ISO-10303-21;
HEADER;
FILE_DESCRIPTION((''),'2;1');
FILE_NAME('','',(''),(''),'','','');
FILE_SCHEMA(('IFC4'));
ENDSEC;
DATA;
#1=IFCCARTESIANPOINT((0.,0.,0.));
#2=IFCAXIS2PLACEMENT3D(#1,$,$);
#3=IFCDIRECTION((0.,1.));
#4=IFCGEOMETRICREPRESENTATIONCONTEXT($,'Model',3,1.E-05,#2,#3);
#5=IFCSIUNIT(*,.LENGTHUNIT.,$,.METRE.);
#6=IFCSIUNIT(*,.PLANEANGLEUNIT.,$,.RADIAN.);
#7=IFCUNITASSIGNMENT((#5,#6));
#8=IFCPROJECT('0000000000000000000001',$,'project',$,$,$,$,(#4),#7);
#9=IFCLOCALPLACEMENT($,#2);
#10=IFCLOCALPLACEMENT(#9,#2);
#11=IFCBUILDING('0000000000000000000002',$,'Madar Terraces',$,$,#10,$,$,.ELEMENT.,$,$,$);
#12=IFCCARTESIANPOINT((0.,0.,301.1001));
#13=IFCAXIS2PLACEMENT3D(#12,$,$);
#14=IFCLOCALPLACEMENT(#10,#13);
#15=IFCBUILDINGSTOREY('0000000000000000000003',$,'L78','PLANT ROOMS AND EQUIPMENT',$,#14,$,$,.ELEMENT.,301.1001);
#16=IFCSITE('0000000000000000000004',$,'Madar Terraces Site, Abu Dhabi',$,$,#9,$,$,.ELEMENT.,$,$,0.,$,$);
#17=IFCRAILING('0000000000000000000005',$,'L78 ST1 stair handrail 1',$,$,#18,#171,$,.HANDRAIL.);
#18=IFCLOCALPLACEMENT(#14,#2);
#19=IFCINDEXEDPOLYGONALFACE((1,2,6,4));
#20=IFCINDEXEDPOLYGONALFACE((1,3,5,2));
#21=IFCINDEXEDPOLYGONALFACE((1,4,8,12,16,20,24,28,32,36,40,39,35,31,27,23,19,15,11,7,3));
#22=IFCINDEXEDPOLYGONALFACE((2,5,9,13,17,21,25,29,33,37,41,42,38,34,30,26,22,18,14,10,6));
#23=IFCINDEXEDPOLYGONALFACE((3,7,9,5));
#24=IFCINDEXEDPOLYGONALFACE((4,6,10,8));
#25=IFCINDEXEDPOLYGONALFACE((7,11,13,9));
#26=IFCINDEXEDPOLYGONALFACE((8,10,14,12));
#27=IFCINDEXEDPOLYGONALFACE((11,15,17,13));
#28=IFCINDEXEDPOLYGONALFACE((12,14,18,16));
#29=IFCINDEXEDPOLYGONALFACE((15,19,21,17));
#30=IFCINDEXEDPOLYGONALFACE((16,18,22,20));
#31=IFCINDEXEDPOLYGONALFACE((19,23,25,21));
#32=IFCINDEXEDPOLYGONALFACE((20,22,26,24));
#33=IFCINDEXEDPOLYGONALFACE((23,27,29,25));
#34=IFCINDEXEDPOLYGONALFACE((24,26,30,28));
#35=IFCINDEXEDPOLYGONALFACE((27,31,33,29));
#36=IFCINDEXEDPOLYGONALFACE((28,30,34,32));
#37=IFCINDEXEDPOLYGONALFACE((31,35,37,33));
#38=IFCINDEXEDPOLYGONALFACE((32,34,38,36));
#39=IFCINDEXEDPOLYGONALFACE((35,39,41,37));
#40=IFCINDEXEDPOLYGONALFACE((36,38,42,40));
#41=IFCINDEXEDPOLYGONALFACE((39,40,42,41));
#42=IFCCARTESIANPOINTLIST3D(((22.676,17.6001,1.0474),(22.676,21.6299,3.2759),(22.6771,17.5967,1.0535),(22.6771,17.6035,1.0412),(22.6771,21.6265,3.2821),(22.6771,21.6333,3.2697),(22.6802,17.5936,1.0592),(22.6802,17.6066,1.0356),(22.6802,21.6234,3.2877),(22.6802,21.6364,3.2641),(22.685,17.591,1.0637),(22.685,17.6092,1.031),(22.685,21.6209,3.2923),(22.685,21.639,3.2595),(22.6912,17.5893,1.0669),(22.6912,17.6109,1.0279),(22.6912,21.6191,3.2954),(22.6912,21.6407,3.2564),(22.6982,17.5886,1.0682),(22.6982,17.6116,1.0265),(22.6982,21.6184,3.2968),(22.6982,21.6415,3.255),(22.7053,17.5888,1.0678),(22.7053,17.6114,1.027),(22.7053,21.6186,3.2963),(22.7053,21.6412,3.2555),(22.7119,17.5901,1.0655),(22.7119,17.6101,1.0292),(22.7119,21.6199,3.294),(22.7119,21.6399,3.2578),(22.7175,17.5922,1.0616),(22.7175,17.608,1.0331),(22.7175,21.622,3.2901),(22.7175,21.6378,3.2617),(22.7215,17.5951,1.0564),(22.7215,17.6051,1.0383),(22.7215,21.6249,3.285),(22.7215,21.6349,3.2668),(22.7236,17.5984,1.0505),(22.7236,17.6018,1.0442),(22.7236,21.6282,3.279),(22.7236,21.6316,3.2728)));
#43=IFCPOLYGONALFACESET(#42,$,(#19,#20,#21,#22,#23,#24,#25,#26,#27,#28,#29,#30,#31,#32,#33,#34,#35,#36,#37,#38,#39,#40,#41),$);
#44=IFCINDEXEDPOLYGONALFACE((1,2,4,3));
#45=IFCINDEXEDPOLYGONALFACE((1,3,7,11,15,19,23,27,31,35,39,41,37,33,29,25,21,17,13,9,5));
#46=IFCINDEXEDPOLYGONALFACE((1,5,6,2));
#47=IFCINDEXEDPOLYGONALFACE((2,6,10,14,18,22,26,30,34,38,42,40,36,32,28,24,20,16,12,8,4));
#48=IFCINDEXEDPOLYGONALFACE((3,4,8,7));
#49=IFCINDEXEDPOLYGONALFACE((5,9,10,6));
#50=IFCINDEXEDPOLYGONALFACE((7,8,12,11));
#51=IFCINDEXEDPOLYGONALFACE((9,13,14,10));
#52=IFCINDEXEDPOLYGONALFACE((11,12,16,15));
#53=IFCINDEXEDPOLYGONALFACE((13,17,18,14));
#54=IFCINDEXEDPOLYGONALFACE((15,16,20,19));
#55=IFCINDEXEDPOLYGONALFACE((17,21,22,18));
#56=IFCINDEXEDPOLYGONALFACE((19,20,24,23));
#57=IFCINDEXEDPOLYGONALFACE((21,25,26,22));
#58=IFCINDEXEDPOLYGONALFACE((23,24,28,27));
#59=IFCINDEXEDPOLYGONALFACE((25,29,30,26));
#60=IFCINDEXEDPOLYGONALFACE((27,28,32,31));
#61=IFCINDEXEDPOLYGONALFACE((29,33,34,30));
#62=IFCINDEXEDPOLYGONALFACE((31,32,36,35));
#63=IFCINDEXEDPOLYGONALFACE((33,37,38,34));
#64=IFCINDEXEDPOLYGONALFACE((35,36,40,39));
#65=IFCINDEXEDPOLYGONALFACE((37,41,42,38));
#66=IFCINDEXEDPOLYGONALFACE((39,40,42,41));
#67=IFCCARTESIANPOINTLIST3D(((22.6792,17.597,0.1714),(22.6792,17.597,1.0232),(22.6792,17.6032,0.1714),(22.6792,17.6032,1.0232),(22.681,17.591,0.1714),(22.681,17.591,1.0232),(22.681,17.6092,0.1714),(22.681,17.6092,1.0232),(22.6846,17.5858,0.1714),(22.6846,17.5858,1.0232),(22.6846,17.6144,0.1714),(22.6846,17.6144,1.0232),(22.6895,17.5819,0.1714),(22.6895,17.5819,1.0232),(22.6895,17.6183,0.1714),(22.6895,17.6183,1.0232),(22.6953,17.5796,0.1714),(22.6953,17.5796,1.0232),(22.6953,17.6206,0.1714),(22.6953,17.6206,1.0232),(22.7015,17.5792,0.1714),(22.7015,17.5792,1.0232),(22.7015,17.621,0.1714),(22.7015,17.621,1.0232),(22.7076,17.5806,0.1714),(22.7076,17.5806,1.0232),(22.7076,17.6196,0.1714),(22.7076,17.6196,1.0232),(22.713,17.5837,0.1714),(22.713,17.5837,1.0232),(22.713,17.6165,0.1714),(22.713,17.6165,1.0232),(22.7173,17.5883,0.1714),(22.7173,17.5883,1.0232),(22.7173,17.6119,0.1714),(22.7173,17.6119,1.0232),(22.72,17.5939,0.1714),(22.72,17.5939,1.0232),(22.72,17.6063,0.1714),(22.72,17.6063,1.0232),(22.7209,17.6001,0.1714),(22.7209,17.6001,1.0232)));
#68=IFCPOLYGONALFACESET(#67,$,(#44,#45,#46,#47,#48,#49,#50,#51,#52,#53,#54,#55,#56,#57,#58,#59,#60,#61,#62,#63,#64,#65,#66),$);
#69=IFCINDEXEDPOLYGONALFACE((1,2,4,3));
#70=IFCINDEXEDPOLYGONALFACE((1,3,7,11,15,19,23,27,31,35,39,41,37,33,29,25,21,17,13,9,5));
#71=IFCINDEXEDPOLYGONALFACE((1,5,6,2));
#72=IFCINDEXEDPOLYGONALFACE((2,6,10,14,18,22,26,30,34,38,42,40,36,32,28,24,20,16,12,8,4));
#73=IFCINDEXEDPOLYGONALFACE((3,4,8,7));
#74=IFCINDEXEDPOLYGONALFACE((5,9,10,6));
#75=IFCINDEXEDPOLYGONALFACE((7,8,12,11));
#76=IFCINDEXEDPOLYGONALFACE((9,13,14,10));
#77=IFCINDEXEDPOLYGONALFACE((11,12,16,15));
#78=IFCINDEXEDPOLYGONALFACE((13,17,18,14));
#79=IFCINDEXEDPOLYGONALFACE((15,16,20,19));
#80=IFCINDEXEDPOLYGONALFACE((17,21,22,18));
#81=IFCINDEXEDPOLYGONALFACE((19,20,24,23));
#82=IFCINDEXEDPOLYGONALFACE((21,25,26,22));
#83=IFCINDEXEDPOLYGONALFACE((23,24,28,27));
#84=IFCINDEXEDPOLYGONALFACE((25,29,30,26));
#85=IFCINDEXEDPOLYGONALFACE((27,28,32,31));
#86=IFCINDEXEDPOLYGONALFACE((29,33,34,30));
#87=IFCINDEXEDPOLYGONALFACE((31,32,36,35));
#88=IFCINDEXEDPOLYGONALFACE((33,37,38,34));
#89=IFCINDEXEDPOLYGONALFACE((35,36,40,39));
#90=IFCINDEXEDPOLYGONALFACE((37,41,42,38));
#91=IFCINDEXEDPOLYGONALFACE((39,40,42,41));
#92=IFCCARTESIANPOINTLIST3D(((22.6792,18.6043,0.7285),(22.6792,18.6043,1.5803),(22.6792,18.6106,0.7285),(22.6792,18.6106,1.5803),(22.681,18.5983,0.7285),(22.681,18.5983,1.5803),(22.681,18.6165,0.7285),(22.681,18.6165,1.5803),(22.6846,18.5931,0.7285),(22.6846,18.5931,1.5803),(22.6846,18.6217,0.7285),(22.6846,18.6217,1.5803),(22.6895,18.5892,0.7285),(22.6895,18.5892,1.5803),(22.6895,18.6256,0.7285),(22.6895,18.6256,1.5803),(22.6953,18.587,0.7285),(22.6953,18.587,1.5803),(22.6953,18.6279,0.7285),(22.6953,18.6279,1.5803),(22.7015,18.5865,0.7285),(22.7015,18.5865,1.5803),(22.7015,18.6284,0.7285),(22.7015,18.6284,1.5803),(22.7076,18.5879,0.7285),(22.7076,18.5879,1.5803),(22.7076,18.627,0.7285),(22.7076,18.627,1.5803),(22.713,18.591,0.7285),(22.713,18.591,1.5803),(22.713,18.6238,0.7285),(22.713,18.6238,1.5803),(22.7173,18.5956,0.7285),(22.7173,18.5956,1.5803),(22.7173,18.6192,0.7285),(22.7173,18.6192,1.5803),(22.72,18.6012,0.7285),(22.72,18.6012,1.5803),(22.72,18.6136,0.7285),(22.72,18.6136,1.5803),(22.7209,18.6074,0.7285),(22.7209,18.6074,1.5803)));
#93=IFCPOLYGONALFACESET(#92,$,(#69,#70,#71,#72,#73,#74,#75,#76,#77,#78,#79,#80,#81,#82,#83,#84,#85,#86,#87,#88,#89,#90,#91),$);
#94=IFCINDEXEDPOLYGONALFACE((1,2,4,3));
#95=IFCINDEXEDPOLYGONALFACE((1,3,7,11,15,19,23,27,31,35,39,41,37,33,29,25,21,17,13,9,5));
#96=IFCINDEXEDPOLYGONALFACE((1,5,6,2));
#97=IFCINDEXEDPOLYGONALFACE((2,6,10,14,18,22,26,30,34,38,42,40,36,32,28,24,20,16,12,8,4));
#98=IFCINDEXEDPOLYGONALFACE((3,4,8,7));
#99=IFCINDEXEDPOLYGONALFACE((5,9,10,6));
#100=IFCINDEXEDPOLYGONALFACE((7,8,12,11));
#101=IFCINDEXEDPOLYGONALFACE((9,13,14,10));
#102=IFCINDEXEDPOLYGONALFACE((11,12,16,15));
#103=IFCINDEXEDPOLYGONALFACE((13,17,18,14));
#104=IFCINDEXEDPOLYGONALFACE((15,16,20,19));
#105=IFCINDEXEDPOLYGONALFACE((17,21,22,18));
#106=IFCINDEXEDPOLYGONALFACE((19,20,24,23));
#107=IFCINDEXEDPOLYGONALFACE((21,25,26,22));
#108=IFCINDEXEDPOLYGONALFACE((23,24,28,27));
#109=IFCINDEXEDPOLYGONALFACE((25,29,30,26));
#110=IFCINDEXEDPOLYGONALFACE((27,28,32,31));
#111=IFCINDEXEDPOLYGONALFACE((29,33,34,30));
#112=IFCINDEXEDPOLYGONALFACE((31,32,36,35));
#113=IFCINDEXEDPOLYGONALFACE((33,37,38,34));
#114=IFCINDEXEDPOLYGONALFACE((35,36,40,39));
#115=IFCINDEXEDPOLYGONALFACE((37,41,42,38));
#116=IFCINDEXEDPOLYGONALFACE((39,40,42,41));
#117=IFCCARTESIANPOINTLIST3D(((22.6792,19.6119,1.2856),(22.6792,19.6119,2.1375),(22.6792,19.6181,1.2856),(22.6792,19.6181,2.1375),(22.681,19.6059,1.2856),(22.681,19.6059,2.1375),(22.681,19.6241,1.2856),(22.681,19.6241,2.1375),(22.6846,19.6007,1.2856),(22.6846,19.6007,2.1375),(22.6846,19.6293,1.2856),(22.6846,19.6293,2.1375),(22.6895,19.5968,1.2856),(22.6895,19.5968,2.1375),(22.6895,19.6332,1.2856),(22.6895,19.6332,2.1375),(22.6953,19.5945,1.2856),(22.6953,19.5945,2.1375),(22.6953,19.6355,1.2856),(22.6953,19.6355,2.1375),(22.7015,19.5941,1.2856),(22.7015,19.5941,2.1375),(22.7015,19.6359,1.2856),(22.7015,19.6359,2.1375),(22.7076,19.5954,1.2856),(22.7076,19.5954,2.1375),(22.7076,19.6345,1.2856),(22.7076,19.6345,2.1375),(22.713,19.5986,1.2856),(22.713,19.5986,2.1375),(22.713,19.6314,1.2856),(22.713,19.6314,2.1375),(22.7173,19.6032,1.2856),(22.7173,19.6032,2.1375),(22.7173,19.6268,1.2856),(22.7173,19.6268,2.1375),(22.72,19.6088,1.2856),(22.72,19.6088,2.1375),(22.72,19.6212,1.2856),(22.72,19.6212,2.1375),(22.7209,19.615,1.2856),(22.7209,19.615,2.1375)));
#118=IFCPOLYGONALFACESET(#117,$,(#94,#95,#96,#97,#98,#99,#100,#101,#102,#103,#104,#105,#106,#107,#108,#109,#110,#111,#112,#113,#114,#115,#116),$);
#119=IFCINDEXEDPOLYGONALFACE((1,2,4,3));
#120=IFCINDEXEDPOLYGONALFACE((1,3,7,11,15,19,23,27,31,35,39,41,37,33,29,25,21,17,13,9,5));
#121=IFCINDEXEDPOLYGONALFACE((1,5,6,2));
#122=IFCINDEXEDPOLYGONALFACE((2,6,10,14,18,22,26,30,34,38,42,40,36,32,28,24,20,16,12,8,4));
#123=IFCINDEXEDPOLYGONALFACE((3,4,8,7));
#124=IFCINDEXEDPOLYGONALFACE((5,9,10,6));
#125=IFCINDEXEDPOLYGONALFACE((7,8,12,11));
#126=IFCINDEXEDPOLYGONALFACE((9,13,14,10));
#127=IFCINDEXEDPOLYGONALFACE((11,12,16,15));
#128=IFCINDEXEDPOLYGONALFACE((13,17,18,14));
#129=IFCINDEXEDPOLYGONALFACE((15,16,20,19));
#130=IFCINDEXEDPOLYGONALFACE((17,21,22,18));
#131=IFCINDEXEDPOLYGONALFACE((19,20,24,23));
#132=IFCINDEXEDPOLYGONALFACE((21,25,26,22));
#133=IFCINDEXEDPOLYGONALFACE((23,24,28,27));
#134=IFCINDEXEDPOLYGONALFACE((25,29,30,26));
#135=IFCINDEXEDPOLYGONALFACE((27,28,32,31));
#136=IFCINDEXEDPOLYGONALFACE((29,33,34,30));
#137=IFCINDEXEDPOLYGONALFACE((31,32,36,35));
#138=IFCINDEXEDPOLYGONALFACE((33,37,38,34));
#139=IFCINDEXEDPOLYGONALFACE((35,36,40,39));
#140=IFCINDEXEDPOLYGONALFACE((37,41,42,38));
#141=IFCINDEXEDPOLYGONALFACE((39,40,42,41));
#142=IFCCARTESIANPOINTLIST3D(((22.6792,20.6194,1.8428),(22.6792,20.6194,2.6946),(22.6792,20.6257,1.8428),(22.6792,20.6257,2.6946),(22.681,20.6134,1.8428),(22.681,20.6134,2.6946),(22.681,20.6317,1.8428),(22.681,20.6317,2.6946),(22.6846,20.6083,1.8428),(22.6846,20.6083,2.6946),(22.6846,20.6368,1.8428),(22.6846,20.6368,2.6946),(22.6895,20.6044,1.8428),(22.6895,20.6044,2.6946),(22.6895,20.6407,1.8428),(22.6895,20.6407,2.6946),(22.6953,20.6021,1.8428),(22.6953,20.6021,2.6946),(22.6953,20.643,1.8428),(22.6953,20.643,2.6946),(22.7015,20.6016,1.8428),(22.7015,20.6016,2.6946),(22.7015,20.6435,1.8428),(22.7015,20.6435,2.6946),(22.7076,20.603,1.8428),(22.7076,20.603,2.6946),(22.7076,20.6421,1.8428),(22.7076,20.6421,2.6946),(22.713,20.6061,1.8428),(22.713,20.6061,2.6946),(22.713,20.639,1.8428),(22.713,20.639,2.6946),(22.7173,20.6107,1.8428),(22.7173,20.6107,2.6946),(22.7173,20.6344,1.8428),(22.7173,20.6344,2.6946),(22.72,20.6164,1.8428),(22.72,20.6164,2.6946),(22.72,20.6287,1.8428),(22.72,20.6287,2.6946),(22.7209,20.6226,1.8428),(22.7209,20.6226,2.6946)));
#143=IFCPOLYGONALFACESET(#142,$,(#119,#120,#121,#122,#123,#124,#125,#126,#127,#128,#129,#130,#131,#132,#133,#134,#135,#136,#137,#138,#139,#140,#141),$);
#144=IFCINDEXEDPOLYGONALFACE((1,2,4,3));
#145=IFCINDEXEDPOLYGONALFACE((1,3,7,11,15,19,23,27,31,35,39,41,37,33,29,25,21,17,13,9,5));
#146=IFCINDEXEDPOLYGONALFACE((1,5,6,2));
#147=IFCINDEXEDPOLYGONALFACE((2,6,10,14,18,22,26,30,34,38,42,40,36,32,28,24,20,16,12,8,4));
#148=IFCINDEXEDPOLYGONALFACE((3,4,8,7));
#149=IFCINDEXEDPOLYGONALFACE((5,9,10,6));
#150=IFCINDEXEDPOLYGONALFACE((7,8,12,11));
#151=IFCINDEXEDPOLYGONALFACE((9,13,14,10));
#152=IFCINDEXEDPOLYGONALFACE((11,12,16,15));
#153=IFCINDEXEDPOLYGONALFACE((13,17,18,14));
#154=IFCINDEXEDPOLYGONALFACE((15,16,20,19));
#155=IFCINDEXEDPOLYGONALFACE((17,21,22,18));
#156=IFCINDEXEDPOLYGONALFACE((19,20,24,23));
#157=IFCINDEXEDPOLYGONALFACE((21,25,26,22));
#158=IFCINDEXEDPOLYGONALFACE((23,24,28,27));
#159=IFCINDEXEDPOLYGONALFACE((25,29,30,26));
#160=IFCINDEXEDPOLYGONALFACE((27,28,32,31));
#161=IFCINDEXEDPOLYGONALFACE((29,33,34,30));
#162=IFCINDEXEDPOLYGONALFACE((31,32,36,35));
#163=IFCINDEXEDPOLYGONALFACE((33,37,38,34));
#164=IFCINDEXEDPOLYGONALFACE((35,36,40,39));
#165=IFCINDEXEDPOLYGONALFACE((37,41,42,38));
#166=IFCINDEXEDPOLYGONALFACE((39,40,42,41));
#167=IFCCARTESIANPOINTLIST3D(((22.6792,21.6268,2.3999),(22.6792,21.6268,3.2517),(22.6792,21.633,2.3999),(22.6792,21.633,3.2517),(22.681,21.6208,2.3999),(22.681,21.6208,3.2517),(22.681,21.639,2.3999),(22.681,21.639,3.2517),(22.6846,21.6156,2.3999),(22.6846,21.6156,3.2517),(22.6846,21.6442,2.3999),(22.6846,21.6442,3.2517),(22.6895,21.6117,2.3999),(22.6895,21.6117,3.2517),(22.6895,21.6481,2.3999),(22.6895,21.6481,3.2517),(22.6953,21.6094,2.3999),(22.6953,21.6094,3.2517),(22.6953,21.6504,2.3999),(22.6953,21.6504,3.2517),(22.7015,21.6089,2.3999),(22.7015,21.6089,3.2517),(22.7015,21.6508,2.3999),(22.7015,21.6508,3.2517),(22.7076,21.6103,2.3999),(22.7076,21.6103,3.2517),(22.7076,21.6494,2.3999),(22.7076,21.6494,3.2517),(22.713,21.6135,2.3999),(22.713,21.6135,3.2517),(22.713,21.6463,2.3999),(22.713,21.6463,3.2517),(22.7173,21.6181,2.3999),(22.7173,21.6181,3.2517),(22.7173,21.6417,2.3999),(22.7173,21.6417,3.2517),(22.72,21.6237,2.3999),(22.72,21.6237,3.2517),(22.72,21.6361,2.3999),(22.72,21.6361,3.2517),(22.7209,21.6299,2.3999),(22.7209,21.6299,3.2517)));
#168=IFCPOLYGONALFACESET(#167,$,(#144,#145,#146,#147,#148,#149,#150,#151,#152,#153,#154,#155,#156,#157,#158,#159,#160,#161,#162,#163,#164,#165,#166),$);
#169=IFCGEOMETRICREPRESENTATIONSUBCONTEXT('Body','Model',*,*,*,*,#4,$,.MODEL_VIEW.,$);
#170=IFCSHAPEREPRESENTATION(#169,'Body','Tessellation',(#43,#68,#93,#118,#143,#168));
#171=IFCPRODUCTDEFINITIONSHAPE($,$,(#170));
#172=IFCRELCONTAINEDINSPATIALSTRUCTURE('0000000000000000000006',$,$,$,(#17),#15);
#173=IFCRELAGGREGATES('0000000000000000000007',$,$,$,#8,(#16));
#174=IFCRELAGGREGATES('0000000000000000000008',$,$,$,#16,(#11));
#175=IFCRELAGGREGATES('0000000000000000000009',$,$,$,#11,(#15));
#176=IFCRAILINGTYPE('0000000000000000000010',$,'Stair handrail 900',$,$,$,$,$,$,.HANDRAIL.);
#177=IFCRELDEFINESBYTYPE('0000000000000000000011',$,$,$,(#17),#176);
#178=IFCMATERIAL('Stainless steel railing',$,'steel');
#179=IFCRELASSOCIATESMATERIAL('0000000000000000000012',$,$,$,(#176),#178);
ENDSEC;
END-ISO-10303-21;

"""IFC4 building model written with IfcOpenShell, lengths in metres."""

from ifc_helpers import new_model, si_unit, direction, frame, origin, origin_2d, place, context, subcontext, project, spatial, circle, extrude, material, type_object, element, save


model = new_model("IFC4")

# Units and contexts
model_context = context("Model", 3, precision=1e-05, world=origin(), true_north=direction((0.0, 1.0)))
body_context = subcontext(model_context, "Body", "Model", "MODEL_VIEW")
ifc_project = project(units=[si_unit("LENGTHUNIT", "METRE"), si_unit("PLANEANGLEUNIT", "RADIAN")], contexts=[model_context])

# Site, building, storey
site_placement = place(None, origin())
site = spatial("IfcSite", under=ifc_project, at=site_placement, Name="Madar Terraces Site, Abu Dhabi", CompositionType="ELEMENT", RefElevation=0.0)
building_placement = place(site_placement, origin())
building = spatial("IfcBuilding", under=site, at=building_placement, Name="Madar Terraces", CompositionType="ELEMENT")
storey_placement = place(building_placement, frame((0.0, 0.0, 301.1001)))
storey = spatial("IfcBuildingStorey", under=building, at=storey_placement, Name="L78", Description="PLANT ROOMS AND EQUIPMENT", CompositionType="ELEMENT", Elevation=301.1001)

# Railing
ifc_material_1 = material(Name="Stainless steel railing", Category="steel")
railing_type_1 = type_object("IfcRailingType", Name="Stair handrail 900", PredefinedType="HANDRAIL", material=ifc_material_1)
railing_1_placement = place(storey_placement, frame((22.7, 17.6001, 0.1714)))
element("IfcRailing", 1, at=railing_1_placement, inside=storey, type_object=railing_type_1, Name="L78 ST1 stair handrail 1", PredefinedType="HANDRAIL", context=body_context, shape_type="SweptSolid", body=[
    extrude(circle(Radius=0.0239, at=origin_2d()), frame((0.0, 0.0, 0.876), z_axis=(0.0, 0.875101, 0.48394), x_axis=(-1.0, 0.0, 0.0)), (0.0, 0.0, 1.0), 4.605),
    extrude(circle(Radius=0.021, at=origin_2d()), origin(), (0.0, 0.0, 1.0), 0.8518),
    extrude(circle(Radius=0.021, at=origin_2d()), frame((0.0, 1.0073, 0.5571)), (0.0, 0.0, 1.0), 0.8518),
    extrude(circle(Radius=0.021, at=origin_2d()), frame((0.0, 2.0149, 1.1143)), (0.0, 0.0, 1.0), 0.8518),
    extrude(circle(Radius=0.021, at=origin_2d()), frame((0.0, 3.0225, 1.6714)), (0.0, 0.0, 1.0), 0.8518),
    extrude(circle(Radius=0.021, at=origin_2d()), frame((0.0, 4.0298, 2.2285)), (0.0, 0.0, 1.0), 0.8518),
])

save(model, "model.ifc")
